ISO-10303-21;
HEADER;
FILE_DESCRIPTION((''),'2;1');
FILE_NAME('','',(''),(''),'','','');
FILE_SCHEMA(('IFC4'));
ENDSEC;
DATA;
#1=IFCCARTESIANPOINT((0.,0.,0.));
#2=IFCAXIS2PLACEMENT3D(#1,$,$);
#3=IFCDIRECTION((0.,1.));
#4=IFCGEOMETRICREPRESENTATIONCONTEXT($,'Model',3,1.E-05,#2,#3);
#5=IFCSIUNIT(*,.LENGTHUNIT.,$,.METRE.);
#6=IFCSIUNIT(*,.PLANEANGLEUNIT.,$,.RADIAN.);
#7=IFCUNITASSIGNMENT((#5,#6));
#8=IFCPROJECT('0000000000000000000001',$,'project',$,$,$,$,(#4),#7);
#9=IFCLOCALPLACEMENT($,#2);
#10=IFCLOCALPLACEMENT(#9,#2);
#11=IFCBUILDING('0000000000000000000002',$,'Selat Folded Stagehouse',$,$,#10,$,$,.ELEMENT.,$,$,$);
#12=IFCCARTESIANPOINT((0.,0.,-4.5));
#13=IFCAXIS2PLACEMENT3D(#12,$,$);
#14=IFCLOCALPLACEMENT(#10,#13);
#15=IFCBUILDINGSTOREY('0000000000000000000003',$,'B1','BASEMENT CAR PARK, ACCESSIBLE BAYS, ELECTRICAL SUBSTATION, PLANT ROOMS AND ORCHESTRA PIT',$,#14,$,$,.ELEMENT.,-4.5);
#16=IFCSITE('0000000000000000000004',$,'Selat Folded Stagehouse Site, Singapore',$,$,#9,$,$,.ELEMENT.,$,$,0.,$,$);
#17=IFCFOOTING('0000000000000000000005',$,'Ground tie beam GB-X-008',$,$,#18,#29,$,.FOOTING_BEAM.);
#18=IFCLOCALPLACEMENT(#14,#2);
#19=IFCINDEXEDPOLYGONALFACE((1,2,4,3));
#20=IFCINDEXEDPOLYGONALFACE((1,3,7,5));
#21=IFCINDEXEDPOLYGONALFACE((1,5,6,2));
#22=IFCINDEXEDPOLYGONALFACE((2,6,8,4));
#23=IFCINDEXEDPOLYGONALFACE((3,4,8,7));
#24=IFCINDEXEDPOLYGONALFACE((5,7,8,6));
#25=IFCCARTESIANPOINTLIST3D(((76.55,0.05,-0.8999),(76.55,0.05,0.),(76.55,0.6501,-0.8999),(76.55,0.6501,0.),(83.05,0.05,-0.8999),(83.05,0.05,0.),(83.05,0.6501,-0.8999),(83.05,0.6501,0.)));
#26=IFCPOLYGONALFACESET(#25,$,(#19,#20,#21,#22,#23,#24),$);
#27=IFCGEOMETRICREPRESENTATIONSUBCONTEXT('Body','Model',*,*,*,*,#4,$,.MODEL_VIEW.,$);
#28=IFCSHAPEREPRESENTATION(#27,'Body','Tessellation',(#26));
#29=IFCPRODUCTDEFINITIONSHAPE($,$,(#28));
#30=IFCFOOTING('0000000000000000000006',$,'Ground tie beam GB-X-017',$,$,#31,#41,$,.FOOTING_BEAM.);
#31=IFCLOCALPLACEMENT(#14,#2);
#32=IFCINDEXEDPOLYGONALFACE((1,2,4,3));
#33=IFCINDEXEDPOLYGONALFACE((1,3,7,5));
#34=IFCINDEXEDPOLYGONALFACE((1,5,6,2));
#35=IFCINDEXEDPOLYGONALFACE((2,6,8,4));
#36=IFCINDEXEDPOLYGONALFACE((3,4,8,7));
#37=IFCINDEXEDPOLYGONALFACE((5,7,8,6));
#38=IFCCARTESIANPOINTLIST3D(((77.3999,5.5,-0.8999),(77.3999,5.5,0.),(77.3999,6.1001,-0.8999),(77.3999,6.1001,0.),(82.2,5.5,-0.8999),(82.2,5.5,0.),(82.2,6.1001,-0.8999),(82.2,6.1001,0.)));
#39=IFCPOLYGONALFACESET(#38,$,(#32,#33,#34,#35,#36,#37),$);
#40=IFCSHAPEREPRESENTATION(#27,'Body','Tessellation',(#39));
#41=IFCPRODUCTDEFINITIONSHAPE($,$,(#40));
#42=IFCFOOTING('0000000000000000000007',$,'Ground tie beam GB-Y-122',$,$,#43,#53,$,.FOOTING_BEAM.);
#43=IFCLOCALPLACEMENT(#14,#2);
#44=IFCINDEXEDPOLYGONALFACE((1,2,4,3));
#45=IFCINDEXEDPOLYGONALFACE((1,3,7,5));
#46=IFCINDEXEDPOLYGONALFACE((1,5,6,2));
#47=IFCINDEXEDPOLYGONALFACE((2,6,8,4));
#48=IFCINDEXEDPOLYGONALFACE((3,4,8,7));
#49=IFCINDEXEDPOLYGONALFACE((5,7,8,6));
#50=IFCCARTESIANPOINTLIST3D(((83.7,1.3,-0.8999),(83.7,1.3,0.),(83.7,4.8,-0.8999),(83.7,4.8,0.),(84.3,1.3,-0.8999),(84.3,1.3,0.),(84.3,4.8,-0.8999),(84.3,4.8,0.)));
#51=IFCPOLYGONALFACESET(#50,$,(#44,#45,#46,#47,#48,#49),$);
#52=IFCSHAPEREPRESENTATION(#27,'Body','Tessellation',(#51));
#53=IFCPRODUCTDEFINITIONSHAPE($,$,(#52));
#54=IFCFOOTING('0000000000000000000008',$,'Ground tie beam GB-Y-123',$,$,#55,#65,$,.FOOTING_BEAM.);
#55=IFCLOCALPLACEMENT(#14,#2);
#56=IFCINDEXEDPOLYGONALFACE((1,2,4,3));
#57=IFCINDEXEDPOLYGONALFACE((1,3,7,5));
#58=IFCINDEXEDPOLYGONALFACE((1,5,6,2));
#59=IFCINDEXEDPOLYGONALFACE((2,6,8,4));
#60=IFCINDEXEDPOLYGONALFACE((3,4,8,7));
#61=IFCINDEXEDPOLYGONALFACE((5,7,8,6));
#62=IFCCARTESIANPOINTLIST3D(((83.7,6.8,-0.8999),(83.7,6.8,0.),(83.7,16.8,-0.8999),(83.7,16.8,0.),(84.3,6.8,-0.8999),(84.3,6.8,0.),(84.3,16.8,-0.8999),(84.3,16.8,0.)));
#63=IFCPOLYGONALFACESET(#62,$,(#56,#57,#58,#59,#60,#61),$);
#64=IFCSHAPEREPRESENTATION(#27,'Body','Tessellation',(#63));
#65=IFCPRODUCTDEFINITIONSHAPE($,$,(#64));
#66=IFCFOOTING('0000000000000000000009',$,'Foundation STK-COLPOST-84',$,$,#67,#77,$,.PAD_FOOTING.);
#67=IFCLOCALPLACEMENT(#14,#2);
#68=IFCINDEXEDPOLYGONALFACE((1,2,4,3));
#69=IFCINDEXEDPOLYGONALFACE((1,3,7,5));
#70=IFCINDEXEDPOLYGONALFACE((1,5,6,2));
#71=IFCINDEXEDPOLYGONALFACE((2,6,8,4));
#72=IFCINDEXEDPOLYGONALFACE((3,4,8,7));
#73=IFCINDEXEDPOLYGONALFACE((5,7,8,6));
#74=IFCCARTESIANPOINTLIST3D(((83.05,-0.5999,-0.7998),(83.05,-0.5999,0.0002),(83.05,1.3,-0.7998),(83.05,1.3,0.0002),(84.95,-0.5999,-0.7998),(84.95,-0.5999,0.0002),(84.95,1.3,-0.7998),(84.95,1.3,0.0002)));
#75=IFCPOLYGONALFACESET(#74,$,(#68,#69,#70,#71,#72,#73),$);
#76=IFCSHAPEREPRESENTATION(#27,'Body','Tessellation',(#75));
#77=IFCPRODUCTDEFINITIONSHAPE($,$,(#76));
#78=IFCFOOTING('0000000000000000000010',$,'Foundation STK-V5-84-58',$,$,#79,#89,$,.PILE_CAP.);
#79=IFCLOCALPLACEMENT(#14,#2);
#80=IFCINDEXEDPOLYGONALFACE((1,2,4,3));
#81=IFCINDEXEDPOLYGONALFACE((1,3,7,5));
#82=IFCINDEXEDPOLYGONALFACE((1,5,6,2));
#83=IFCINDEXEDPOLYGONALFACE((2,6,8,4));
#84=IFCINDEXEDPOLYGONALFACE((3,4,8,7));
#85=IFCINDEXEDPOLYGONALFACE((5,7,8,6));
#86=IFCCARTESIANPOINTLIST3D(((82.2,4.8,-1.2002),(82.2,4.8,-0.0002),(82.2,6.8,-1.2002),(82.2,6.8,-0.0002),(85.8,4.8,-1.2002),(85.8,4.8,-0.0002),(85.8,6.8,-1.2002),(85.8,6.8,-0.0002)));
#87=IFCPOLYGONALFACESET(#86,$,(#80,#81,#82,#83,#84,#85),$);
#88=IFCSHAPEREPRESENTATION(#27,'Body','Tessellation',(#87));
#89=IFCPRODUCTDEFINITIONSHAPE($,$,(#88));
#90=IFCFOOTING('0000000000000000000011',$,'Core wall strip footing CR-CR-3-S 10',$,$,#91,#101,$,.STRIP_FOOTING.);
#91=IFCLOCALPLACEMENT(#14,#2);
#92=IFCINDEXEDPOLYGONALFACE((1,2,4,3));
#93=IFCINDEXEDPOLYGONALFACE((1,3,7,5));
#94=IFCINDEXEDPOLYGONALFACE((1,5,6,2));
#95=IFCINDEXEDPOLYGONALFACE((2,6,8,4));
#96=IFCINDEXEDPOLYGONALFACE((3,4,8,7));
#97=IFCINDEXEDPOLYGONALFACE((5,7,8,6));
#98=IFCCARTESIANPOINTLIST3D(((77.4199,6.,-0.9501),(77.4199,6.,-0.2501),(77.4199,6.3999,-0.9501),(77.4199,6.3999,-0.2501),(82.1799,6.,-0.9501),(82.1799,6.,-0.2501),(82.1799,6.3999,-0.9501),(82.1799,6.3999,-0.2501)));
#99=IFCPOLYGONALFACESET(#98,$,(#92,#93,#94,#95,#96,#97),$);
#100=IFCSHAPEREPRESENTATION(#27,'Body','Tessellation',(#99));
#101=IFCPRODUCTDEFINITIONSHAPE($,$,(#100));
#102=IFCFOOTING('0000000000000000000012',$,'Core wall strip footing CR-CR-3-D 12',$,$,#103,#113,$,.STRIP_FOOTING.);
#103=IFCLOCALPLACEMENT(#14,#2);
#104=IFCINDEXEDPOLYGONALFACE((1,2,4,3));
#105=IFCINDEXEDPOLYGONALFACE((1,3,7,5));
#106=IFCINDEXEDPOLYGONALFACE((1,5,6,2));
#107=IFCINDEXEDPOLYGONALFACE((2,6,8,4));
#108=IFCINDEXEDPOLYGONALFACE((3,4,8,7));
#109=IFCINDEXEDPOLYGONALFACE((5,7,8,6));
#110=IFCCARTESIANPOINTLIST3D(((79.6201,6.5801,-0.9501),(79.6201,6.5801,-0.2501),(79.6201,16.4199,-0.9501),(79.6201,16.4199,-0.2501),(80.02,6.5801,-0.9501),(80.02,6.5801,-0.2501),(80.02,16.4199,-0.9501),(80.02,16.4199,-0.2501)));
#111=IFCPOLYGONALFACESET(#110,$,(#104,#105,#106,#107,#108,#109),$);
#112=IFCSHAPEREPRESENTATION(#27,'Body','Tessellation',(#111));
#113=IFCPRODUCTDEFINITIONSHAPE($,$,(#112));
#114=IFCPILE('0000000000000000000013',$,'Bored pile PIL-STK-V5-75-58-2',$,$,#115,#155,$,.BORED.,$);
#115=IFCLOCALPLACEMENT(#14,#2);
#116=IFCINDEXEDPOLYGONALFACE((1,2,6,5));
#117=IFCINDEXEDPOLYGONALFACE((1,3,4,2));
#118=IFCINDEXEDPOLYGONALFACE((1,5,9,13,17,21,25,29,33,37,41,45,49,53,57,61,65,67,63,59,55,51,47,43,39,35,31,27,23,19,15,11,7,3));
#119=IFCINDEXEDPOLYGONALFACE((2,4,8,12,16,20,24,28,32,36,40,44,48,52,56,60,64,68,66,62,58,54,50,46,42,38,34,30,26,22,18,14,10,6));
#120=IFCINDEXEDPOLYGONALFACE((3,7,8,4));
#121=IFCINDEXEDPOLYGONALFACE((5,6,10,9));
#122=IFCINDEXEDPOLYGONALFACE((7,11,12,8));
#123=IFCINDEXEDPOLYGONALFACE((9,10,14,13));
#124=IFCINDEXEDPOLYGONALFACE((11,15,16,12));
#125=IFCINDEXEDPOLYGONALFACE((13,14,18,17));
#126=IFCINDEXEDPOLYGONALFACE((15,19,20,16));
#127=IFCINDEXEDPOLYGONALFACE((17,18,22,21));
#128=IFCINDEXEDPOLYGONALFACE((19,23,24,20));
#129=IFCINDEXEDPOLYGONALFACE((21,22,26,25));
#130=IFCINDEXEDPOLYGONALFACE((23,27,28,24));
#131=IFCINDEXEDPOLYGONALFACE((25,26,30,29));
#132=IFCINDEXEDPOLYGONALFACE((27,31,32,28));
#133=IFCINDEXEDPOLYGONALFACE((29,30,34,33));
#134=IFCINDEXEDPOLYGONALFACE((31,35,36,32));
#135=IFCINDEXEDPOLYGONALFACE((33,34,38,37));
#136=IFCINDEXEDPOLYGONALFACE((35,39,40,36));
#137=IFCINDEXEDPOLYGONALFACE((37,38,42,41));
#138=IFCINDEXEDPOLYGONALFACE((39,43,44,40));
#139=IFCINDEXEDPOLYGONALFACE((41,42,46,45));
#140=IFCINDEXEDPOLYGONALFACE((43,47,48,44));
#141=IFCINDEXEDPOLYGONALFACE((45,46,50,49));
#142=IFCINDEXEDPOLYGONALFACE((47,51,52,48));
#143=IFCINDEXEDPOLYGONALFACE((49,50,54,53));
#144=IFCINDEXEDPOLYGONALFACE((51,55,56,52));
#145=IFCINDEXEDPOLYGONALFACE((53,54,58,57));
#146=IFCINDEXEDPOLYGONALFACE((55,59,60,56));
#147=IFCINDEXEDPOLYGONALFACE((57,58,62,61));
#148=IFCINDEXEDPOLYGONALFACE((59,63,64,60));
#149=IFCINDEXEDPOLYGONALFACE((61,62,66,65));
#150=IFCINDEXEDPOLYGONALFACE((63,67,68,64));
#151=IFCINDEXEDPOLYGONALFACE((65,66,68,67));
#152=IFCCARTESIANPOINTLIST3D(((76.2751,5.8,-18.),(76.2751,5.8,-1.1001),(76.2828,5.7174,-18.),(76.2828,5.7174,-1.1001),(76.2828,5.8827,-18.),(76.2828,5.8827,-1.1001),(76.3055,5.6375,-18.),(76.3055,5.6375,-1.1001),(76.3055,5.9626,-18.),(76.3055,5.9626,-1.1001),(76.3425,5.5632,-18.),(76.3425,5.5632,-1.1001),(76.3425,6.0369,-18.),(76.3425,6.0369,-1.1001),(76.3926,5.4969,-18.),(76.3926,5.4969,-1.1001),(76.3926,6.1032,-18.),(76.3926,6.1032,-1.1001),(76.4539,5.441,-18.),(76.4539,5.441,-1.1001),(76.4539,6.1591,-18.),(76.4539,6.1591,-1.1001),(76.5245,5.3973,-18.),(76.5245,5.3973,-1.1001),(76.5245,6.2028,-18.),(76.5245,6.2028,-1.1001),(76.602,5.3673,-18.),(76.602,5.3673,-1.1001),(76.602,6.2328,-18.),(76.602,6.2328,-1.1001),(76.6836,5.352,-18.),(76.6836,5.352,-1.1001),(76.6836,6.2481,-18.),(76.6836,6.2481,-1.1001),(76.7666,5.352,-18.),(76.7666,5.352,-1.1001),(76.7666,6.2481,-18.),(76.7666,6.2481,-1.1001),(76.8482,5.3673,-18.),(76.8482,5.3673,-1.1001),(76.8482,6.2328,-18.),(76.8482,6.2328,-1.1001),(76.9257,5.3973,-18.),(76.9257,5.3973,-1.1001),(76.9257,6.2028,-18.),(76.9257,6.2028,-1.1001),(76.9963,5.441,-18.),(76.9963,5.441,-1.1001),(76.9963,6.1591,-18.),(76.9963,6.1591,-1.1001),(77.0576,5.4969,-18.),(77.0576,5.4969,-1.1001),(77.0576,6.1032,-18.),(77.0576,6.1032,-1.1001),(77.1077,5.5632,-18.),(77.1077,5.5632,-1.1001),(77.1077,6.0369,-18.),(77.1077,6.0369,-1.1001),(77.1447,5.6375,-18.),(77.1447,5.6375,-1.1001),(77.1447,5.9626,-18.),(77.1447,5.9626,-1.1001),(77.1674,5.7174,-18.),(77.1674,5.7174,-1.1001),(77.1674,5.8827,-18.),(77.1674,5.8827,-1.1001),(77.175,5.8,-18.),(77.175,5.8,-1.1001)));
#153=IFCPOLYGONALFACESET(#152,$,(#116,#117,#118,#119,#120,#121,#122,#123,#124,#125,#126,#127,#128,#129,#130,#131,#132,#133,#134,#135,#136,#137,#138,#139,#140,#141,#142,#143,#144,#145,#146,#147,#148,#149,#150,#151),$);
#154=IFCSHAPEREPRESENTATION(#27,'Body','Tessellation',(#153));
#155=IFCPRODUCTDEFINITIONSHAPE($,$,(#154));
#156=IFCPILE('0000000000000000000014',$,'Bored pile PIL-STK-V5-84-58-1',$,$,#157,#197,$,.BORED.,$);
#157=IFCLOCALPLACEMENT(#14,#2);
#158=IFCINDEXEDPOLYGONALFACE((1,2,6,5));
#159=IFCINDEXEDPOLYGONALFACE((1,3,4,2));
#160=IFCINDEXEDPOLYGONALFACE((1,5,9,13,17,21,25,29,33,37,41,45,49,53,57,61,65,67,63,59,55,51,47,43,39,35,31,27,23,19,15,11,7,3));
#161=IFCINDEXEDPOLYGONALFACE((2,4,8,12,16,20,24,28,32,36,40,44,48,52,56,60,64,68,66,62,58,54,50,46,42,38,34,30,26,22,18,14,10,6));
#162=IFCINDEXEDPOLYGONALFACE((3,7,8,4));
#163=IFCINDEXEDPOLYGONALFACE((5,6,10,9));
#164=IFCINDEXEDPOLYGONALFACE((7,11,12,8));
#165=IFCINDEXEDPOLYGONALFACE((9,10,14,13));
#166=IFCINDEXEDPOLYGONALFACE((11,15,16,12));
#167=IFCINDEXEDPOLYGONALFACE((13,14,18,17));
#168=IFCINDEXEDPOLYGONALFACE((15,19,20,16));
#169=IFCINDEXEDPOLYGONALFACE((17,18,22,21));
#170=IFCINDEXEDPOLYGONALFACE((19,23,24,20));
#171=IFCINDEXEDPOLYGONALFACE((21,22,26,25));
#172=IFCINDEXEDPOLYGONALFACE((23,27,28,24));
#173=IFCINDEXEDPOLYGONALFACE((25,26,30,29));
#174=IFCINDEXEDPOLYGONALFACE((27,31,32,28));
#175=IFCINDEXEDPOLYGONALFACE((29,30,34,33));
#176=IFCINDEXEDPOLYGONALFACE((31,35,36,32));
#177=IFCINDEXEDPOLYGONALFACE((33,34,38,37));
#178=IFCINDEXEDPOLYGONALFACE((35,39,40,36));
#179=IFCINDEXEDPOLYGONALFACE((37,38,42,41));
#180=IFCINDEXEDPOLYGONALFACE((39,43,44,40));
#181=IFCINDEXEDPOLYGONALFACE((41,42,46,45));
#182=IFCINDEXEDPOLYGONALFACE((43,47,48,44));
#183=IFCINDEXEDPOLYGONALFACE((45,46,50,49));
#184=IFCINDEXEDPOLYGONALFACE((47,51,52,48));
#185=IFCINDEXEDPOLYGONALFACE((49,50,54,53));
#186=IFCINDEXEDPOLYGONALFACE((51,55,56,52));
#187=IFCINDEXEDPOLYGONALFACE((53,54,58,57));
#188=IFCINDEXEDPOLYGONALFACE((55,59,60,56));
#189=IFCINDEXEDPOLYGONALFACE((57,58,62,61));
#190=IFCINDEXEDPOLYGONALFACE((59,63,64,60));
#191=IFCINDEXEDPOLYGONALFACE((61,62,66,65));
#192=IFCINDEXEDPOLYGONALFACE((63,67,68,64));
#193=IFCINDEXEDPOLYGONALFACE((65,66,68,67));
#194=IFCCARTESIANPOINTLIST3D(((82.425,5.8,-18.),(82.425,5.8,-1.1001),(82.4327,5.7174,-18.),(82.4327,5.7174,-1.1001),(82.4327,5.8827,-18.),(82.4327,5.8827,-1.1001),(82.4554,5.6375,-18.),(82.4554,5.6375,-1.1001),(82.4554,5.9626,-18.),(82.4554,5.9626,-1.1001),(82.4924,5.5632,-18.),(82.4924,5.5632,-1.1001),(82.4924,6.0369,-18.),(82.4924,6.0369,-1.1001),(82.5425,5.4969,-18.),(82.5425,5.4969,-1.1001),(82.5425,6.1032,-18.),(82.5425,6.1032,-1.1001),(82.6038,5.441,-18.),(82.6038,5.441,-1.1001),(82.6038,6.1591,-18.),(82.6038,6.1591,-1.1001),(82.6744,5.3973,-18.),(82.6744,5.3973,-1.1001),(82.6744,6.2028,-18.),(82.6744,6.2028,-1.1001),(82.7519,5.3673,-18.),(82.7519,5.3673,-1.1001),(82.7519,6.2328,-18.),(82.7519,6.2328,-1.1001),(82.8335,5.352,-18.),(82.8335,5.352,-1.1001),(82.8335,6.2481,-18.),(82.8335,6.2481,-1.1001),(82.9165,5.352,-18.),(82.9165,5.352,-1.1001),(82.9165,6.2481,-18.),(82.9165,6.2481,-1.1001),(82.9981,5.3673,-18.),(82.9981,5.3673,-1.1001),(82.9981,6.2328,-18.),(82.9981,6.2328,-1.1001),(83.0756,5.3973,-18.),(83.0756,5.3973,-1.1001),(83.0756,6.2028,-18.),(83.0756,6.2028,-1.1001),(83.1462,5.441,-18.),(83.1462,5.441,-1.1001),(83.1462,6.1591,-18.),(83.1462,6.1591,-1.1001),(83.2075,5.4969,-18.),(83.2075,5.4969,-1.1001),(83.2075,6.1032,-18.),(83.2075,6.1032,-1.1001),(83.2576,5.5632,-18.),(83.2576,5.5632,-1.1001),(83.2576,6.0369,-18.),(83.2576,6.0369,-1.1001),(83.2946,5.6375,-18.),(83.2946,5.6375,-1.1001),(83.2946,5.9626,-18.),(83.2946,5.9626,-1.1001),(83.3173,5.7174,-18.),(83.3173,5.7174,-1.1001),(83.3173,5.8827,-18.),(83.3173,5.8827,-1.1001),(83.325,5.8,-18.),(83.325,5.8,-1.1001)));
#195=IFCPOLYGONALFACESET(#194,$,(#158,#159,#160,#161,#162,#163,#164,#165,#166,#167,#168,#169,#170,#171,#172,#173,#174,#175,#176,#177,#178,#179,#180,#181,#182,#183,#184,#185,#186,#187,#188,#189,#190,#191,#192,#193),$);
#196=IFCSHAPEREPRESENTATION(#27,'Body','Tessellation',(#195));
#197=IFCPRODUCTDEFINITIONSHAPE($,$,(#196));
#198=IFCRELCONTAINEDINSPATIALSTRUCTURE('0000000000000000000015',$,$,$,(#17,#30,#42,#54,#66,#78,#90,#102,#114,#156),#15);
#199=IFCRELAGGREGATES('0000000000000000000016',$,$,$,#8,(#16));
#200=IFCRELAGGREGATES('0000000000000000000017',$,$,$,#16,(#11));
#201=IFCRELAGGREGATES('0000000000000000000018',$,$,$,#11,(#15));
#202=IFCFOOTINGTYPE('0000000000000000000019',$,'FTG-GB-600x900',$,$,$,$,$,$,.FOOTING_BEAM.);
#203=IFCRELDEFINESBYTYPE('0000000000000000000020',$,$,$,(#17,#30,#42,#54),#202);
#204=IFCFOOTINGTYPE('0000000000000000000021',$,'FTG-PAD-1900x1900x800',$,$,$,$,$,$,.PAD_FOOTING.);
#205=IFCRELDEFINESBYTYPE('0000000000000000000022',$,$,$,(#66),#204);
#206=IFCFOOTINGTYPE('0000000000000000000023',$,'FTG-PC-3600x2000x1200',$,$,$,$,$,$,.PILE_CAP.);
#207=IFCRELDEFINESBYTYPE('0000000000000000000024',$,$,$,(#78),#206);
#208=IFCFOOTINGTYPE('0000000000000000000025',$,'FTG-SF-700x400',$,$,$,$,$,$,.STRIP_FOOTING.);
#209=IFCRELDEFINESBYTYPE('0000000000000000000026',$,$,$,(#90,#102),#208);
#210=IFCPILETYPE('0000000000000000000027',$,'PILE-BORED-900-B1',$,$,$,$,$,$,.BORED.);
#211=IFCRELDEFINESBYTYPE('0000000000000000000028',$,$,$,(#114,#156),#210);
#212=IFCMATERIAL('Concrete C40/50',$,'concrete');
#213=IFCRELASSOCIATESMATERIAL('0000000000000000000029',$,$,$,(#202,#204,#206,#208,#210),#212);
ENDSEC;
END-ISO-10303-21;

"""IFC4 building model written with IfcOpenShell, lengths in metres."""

from ifc_helpers import new_model, si_unit, direction, frame, origin, origin_2d, place, context, subcontext, project, spatial, rectangle, circle, extrude, material, material_profile, profile_set, type_object, element, save


model = new_model("IFC4")

# Units and contexts
model_context = context("Model", 3, precision=1e-05, world=origin(), true_north=direction((0.0, 1.0)))
body_context = subcontext(model_context, "Body", "Model", "MODEL_VIEW")
ifc_project = project(units=[si_unit("LENGTHUNIT", "METRE"), si_unit("PLANEANGLEUNIT", "RADIAN")], contexts=[model_context])

# Site, building, storey
site_placement = place(None, origin())
site = spatial("IfcSite", under=ifc_project, at=site_placement, Name="Selat Folded Stagehouse Site, Singapore", CompositionType="ELEMENT", RefElevation=0.0)
building_placement = place(site_placement, origin())
building = spatial("IfcBuilding", under=site, at=building_placement, Name="Selat Folded Stagehouse", CompositionType="ELEMENT")
storey_placement = place(building_placement, frame((0.0, 0.0, -4.5)))
storey = spatial("IfcBuildingStorey", under=building, at=storey_placement, Name="B1", Description="BASEMENT CAR PARK, ACCESSIBLE BAYS, ELECTRICAL SUBSTATION, PLANT ROOMS AND ORCHESTRA PIT", CompositionType="ELEMENT", Elevation=-4.5)

# Footings
ifc_material_1 = material(Name="Concrete C40/50", Category="concrete")
ifc_material_profile_1 = material_profile(ifc_material_1, rectangle(XDim=0.6001, YDim=0.8999, at=origin_2d()), Name="RC 900x600")
ifc_profile_set_1 = profile_set([ifc_material_profile_1], Name="Concrete C40/50")
footing_type_1 = type_object("IfcFootingType", Name="FTG-GB-600x900", PredefinedType="FOOTING_BEAM", material=ifc_profile_set_1)
footing_1_placement = place(storey_placement, frame((76.55, 0.3501, -0.45), z_axis=(1.0, 0.0, 0.0), x_axis=(0.0, 1.0, 0.0)))
element("IfcFooting", 1, at=footing_1_placement, inside=storey, type_object=footing_type_1, Name="Ground tie beam GB-X-008", PredefinedType="FOOTING_BEAM", context=body_context, shape_type="SweptSolid", body=[
    extrude(rectangle(XDim=0.6001, YDim=0.8999, at=origin_2d()), origin(), (0.0, 0.0, 1.0), 6.5),
])
footing_2_placement = place(storey_placement, frame((77.3999, 5.8, -0.45), z_axis=(1.0, 0.0, 0.0), x_axis=(0.0, 1.0, 0.0)))
element("IfcFooting", 2, at=footing_2_placement, inside=storey, type_object=footing_type_1, Name="Ground tie beam GB-X-017", PredefinedType="FOOTING_BEAM", context=body_context, shape_type="SweptSolid", body=[
    extrude(rectangle(XDim=0.6001, YDim=0.8999, at=origin_2d()), origin(), (0.0, 0.0, 1.0), 4.8),
])
footing_3_placement = place(storey_placement, frame((84.0, 1.3, -0.45), z_axis=(0.0, 1.0, 0.0), x_axis=(-1.0, 0.0, 0.0)))
element("IfcFooting", 3, at=footing_3_placement, inside=storey, type_object=footing_type_1, Name="Ground tie beam GB-Y-122", PredefinedType="FOOTING_BEAM", context=body_context, shape_type="SweptSolid", body=[
    extrude(rectangle(XDim=0.6001, YDim=0.8999, at=origin_2d()), origin(), (0.0, 0.0, 1.0), 3.5),
])
footing_4_placement = place(storey_placement, frame((84.0, 6.8, -0.45), z_axis=(0.0, 1.0, 0.0), x_axis=(-1.0, 0.0, 0.0)))
element("IfcFooting", 4, at=footing_4_placement, inside=storey, type_object=footing_type_1, Name="Ground tie beam GB-Y-123", PredefinedType="FOOTING_BEAM", context=body_context, shape_type="SweptSolid", body=[
    extrude(rectangle(XDim=0.6001, YDim=0.8999, at=origin_2d()), origin(), (0.0, 0.0, 1.0), 10.0),
])
footing_type_2 = type_object("IfcFootingType", Name="FTG-PAD-1900x1900x800", PredefinedType="PAD_FOOTING", material=ifc_material_1)
footing_5_placement = place(storey_placement, frame((84.0, 0.3501, -0.7998), z_axis=(0.0, 0.0, 1.0), x_axis=(1.0, 0.0, 0.0)))
element("IfcFooting", 5, at=footing_5_placement, inside=storey, type_object=footing_type_2, Name="Foundation STK-COLPOST-84", PredefinedType="PAD_FOOTING", context=body_context, shape_type="SweptSolid", body=[
    extrude(rectangle(XDim=1.8999, YDim=1.8999, at=origin_2d()), origin(), (0.0, 0.0, 1.0), 0.8),
])
footing_type_3 = type_object("IfcFootingType", Name="FTG-PC-3600x2000x1200", PredefinedType="PILE_CAP", material=ifc_material_1)
footing_6_placement = place(storey_placement, frame((84.0, 5.8, -1.2002), z_axis=(0.0, 0.0, 1.0), x_axis=(1.0, 0.0, 0.0)))
element("IfcFooting", 6, at=footing_6_placement, inside=storey, type_object=footing_type_3, Name="Foundation STK-V5-84-58", PredefinedType="PILE_CAP", context=body_context, shape_type="SweptSolid", body=[
    extrude(rectangle(XDim=3.6001, YDim=2.0, at=origin_2d()), origin(), (0.0, 0.0, 1.0), 1.2),
])
ifc_material_profile_2 = material_profile(ifc_material_1, rectangle(XDim=0.3999, YDim=0.7, at=origin_2d()), Name="RC 700x400")
ifc_profile_set_2 = profile_set([ifc_material_profile_2], Name="Concrete C40/50")
footing_type_4 = type_object("IfcFootingType", Name="FTG-SF-700x400", PredefinedType="STRIP_FOOTING", material=ifc_profile_set_2)
footing_7_placement = place(storey_placement, frame((77.4199, 6.2, -0.6001), z_axis=(1.0, 0.0, 0.0), x_axis=(0.0, 1.0, 0.0)))
element("IfcFooting", 7, at=footing_7_placement, inside=storey, type_object=footing_type_4, Name="Core wall strip footing CR-CR-3-S 10", PredefinedType="STRIP_FOOTING", context=body_context, shape_type="SweptSolid", body=[
    extrude(rectangle(XDim=0.3999, YDim=0.7, at=origin_2d()), origin(), (0.0, 0.0, 1.0), 4.76),
])
footing_8_placement = place(storey_placement, frame((79.8201, 6.5801, -0.6001), z_axis=(0.0, 1.0, 0.0), x_axis=(-1.0, 0.0, 0.0)))
element("IfcFooting", 8, at=footing_8_placement, inside=storey, type_object=footing_type_4, Name="Core wall strip footing CR-CR-3-D 12", PredefinedType="STRIP_FOOTING", context=body_context, shape_type="SweptSolid", body=[
    extrude(rectangle(XDim=0.3999, YDim=0.7, at=origin_2d()), origin(), (0.0, 0.0, 1.0), 9.8398),
])

# Piles
ifc_material_profile_3 = material_profile(ifc_material_1, circle(Radius=0.45, at=origin_2d()), Name="PILE D900")
ifc_profile_set_3 = profile_set([ifc_material_profile_3], Name="Concrete C40/50")
pile_type = type_object("IfcPileType", Name="PILE-BORED-900-B1", PredefinedType="BORED", material=ifc_profile_set_3)
for number, where, z_axis, x_axis, name in (
    (9, (76.7251, 5.8, -1.1001), (0.0, 0.0, -1.0), (1.0, 0.0, 0.0), "Bored pile PIL-STK-V5-75-58-2"),
    (10, (82.875, 5.8, -1.1001), (0.0, 0.0, -1.0), (1.0, 0.0, 0.0), "Bored pile PIL-STK-V5-84-58-1"),
):
    element("IfcPile", number, at=place(storey_placement, frame(where, z_axis=z_axis, x_axis=x_axis)), inside=storey, type_object=pile_type, Name=name, PredefinedType="BORED", context=body_context, shape_type="SweptSolid", body=[
        extrude(circle(Radius=0.45, at=origin_2d()), origin(), (0.0, 0.0, 1.0), 16.8999),
    ])

save(model, "model.ifc")
